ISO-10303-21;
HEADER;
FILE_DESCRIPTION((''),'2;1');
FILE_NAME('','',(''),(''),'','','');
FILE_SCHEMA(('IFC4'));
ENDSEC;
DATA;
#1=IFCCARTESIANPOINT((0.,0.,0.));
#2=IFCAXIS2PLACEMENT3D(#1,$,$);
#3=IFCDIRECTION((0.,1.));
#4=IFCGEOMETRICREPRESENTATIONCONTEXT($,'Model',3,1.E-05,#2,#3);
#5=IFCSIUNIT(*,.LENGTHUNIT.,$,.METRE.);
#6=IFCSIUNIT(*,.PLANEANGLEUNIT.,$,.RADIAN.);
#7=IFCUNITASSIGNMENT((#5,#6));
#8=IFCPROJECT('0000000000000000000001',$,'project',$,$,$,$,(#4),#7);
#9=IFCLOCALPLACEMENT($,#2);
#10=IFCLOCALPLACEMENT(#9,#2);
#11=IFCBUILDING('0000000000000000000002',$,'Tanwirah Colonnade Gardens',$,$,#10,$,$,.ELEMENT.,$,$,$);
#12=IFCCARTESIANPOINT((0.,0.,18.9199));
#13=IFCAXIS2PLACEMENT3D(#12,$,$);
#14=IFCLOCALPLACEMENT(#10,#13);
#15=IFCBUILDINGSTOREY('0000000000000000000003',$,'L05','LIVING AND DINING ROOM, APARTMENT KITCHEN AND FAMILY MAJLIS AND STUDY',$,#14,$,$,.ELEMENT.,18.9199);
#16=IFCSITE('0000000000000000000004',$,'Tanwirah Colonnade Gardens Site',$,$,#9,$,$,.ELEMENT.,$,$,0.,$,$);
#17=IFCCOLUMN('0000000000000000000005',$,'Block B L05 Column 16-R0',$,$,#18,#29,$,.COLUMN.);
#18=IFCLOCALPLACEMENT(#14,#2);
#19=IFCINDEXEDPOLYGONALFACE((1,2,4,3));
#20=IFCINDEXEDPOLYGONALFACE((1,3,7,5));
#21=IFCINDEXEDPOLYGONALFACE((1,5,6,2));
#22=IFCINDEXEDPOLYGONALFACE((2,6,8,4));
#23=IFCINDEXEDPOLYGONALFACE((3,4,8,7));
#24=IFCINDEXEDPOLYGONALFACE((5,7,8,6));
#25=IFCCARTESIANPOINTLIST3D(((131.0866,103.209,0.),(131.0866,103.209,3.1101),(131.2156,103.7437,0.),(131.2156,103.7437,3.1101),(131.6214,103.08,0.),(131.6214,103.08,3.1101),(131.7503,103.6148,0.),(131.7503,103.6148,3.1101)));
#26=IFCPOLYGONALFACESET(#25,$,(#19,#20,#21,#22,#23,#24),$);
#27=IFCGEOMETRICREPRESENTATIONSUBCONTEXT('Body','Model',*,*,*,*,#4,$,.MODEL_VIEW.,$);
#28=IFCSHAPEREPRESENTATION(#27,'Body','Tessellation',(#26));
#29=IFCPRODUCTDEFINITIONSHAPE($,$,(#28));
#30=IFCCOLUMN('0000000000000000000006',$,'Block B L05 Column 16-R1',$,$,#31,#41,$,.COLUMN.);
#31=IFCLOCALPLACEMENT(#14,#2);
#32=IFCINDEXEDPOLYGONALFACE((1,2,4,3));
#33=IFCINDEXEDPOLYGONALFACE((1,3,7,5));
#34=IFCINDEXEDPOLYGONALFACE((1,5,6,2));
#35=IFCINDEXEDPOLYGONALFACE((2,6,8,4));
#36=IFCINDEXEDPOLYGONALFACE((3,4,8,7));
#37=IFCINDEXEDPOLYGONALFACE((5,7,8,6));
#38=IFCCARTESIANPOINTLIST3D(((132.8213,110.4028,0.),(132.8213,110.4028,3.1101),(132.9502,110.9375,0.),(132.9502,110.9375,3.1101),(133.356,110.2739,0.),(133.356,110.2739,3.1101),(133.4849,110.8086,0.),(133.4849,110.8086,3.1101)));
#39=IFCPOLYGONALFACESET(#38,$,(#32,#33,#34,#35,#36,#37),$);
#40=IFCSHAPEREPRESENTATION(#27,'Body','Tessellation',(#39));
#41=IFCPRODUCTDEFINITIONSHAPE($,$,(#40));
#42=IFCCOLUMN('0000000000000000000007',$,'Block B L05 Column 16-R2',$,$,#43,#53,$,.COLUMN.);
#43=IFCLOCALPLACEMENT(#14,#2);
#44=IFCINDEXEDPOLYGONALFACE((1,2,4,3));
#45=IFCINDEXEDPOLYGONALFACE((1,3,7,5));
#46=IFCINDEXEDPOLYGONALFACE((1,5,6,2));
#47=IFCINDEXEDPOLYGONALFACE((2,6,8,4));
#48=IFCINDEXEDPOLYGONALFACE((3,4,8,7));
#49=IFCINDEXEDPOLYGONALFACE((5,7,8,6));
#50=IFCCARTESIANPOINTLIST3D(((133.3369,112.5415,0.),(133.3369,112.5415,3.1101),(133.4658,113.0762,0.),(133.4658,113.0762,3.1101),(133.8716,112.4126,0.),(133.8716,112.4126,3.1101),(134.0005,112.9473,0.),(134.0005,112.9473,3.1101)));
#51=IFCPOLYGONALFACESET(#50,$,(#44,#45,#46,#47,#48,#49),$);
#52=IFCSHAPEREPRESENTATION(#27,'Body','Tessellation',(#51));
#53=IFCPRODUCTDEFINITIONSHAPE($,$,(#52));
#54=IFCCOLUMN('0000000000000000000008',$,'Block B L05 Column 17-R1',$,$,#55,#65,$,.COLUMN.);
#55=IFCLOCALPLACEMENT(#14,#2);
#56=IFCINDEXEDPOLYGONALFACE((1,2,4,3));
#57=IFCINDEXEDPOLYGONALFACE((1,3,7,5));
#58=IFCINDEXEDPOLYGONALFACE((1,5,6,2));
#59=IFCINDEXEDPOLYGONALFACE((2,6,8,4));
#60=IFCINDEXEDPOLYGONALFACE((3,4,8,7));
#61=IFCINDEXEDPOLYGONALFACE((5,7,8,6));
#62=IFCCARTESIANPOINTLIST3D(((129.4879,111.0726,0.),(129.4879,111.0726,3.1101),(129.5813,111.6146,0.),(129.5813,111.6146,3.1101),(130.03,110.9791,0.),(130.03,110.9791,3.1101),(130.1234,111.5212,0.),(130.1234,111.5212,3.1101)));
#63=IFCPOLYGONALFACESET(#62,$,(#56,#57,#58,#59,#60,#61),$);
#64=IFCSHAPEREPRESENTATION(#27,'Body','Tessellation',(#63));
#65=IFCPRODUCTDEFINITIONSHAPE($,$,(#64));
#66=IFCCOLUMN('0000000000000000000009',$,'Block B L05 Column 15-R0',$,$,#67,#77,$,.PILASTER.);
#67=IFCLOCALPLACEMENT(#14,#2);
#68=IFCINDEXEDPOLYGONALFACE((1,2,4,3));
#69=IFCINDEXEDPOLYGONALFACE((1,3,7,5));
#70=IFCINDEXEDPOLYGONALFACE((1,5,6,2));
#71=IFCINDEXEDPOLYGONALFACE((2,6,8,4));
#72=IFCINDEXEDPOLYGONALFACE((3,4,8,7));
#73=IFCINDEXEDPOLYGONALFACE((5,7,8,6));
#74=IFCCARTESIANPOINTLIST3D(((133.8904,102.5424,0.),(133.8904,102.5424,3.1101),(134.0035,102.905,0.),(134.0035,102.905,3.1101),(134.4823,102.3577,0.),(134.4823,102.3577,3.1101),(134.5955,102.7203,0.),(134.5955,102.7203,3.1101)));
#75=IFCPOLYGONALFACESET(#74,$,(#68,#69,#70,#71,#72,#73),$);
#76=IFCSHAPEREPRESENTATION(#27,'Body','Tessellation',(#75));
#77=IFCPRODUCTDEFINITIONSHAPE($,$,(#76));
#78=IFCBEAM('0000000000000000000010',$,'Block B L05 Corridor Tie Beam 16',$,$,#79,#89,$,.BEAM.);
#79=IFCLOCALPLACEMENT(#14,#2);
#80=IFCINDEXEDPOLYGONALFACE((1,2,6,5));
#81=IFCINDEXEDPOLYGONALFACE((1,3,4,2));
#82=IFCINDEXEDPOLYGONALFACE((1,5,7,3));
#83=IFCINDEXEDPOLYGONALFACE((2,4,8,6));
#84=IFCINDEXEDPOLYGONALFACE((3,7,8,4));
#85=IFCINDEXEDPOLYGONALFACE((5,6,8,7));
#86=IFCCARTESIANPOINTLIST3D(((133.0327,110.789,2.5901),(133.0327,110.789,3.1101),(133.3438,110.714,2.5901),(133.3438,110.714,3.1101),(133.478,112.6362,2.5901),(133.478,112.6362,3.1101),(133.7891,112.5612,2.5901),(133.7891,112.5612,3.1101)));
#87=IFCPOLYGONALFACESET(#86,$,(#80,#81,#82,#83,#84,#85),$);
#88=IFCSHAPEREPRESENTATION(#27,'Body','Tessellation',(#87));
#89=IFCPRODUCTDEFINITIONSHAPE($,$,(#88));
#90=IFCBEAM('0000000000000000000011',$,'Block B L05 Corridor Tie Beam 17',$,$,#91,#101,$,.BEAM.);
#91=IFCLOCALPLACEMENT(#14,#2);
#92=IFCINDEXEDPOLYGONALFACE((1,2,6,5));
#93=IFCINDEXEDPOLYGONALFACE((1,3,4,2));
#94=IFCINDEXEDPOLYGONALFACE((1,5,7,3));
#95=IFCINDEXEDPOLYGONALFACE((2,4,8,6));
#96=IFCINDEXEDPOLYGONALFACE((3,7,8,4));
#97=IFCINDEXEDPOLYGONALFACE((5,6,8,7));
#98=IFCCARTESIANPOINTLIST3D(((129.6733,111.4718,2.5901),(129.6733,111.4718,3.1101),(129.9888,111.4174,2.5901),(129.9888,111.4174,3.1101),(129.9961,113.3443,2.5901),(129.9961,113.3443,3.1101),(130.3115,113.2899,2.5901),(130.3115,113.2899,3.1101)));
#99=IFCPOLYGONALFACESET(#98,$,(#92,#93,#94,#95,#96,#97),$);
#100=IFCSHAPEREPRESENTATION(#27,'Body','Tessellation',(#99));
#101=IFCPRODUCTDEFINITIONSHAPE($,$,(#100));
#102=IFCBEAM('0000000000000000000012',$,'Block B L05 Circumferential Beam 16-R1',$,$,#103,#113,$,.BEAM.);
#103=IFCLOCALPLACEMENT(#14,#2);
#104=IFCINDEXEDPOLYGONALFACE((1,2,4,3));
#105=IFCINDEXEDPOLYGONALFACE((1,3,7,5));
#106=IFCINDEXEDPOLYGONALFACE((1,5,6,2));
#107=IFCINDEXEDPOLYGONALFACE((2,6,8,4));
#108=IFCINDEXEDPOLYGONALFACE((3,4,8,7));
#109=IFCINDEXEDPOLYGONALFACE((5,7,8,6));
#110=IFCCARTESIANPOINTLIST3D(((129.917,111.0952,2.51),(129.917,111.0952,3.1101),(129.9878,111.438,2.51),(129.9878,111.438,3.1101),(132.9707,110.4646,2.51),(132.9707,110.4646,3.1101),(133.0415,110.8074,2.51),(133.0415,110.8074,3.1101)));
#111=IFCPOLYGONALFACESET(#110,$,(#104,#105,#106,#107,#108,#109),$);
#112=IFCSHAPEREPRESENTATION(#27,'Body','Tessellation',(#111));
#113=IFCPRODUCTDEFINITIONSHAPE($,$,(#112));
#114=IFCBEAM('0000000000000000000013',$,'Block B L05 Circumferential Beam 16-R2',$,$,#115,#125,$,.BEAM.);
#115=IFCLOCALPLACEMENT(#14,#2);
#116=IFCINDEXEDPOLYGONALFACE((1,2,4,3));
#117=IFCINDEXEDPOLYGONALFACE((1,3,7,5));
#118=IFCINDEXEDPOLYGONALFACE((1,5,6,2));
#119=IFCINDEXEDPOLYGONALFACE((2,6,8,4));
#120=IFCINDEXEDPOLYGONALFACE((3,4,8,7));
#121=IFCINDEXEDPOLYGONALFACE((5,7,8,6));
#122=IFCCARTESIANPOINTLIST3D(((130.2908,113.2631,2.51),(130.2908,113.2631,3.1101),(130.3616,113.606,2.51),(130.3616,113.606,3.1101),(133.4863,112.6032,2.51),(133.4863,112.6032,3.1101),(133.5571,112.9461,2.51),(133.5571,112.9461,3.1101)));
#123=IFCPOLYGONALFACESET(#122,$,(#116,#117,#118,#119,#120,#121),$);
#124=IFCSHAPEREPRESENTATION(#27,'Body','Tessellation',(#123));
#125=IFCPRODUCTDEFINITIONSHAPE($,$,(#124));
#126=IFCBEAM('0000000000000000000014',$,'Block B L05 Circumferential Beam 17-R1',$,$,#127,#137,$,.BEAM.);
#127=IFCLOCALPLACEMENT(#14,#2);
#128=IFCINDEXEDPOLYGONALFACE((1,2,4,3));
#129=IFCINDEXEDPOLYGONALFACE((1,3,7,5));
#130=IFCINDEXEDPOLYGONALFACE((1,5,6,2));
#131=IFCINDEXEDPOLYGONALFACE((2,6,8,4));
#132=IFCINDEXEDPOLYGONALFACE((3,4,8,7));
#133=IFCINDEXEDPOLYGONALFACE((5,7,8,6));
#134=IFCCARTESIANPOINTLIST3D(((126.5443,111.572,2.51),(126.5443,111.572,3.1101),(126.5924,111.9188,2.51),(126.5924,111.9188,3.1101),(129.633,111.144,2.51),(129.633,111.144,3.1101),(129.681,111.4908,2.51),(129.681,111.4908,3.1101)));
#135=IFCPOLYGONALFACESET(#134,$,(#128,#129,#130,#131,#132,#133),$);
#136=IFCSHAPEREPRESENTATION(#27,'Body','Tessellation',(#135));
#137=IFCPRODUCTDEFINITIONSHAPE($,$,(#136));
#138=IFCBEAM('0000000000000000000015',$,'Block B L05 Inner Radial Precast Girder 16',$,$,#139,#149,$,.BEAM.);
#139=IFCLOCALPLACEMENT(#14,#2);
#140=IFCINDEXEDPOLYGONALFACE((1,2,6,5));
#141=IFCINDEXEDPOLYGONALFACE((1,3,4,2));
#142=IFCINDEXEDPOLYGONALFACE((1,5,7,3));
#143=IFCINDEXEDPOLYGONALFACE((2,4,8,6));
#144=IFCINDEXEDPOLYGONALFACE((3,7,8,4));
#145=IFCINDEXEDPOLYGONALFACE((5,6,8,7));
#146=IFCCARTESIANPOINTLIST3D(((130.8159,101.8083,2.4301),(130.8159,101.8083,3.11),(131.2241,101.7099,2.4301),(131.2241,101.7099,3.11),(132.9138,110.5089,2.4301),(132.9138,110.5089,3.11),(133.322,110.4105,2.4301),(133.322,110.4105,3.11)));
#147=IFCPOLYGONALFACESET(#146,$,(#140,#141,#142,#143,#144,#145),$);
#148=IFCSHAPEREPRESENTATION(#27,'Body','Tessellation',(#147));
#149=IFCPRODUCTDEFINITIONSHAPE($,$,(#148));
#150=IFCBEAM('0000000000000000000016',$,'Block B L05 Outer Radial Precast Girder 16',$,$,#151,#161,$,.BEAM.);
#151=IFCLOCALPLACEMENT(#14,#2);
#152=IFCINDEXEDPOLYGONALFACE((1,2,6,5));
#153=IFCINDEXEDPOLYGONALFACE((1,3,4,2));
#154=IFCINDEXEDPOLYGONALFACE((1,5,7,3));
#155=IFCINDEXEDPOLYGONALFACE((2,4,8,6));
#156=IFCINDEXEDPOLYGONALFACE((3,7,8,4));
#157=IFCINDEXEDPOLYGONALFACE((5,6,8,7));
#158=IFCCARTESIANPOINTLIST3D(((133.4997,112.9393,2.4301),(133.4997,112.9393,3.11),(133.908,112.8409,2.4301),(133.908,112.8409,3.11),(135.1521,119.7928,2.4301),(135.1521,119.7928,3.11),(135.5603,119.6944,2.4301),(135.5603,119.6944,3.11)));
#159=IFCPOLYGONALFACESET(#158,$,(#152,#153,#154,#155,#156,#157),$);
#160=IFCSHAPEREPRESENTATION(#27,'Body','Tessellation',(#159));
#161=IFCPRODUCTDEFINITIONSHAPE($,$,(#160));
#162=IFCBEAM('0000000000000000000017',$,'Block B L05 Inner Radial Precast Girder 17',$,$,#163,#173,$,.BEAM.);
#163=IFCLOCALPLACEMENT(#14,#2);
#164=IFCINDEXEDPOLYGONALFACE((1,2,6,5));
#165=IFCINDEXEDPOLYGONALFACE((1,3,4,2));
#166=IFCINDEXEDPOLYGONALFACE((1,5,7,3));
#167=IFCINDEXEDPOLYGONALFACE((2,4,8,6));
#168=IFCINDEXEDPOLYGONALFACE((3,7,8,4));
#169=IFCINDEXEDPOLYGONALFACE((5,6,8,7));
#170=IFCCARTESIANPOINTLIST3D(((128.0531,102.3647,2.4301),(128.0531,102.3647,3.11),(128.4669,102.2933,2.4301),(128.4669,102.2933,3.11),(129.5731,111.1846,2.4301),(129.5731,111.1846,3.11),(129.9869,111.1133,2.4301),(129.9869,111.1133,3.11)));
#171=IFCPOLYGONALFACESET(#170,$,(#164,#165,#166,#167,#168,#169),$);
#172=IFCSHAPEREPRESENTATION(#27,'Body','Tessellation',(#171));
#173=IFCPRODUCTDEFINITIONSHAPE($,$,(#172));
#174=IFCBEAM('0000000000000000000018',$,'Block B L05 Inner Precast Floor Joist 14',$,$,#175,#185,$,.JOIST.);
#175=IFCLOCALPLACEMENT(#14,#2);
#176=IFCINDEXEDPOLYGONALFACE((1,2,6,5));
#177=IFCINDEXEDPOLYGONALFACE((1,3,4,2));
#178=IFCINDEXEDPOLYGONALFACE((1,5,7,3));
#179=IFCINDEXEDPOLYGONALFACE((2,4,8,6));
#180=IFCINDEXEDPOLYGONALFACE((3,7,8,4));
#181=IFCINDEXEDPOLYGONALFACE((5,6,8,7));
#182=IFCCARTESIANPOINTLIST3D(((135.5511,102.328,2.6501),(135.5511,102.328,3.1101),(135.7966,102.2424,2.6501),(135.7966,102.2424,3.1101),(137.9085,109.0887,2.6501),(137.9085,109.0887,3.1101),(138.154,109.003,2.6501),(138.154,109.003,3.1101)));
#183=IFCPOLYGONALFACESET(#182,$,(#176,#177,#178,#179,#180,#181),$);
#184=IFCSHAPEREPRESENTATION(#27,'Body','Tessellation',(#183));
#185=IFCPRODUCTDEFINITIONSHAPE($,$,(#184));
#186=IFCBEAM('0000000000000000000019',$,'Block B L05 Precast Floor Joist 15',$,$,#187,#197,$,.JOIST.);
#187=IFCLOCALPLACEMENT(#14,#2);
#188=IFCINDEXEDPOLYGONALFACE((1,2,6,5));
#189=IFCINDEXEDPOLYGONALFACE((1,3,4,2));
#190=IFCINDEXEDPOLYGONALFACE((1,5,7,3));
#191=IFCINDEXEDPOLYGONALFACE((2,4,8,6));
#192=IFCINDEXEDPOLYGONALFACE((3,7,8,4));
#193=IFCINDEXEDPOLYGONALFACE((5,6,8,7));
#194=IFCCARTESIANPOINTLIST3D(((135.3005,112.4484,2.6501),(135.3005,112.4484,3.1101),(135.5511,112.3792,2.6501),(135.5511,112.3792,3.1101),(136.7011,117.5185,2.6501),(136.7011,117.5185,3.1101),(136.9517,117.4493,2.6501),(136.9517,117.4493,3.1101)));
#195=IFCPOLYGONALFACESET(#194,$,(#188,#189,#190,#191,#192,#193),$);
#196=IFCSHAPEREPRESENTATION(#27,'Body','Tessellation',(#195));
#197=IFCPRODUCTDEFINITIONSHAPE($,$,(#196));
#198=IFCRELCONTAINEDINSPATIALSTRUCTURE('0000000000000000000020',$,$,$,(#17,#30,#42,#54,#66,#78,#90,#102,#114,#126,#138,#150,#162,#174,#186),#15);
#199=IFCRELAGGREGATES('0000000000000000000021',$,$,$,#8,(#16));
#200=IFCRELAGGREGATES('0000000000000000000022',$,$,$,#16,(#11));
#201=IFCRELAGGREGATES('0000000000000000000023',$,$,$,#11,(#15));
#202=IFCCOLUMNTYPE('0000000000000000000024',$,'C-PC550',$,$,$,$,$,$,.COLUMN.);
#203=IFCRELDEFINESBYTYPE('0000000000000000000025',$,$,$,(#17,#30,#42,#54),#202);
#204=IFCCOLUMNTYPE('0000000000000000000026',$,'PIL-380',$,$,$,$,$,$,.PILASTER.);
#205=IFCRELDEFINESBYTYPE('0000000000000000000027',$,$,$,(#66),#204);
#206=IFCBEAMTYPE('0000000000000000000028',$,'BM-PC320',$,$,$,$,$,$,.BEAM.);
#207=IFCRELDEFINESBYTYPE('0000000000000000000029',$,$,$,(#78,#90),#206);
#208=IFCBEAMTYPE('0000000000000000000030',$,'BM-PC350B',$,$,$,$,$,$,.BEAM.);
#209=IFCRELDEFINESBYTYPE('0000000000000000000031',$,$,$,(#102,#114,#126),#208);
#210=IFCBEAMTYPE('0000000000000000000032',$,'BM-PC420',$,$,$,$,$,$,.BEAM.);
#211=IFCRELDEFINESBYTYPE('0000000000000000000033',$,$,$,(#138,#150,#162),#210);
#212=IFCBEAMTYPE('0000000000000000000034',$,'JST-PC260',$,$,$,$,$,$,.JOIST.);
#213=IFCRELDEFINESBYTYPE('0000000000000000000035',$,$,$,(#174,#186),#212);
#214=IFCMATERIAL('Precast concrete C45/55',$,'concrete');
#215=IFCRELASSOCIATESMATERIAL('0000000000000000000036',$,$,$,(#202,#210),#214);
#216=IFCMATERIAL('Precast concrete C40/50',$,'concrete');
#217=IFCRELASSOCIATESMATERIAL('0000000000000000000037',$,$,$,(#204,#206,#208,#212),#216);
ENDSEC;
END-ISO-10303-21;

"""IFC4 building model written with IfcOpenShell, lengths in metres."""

from ifc_helpers import new_model, si_unit, direction, frame, origin, origin_2d, place, context, subcontext, project, spatial, rectangle, extrude, material, material_profile, profile_set, type_object, element, save


model = new_model("IFC4")

# Units and contexts
model_context = context("Model", 3, precision=1e-05, world=origin(), true_north=direction((0.0, 1.0)))
body_context = subcontext(model_context, "Body", "Model", "MODEL_VIEW")
ifc_project = project(units=[si_unit("LENGTHUNIT", "METRE"), si_unit("PLANEANGLEUNIT", "RADIAN")], contexts=[model_context])

# Site, building, storey
site_placement = place(None, origin())
site = spatial("IfcSite", under=ifc_project, at=site_placement, Name="Tanwirah Colonnade Gardens Site", CompositionType="ELEMENT", RefElevation=0.0)
building_placement = place(site_placement, origin())
building = spatial("IfcBuilding", under=site, at=building_placement, Name="Tanwirah Colonnade Gardens", CompositionType="ELEMENT")
storey_placement = place(building_placement, frame((0.0, 0.0, 18.9199)))
storey = spatial("IfcBuildingStorey", under=building, at=storey_placement, Name="L05", Description="LIVING AND DINING ROOM, APARTMENT KITCHEN AND FAMILY MAJLIS AND STUDY", CompositionType="ELEMENT", Elevation=18.9199)

# Columns
ifc_material_1 = material(Name="Precast concrete C45/55", Category="concrete")
ifc_material_profile_1 = material_profile(ifc_material_1, rectangle(XDim=0.55, YDim=0.55, at=origin_2d()), Name="PC-COL 550x550")
ifc_profile_set_1 = profile_set([ifc_material_profile_1], Name="Precast concrete C45/55")
column_type_1 = type_object("IfcColumnType", Name="C-PC550", PredefinedType="COLUMN", material=ifc_profile_set_1)
for number, where, z_axis, x_axis, name in (
    (1, (131.4185, 103.4119, 0.0), (0.0, 0.0, 1.0), (0.234388, 0.972143, 0.0), "Block B L05 Column 16-R0"),
    (2, (133.1531, 110.6057, 0.0), (0.0, 0.0, 1.0), (0.234388, 0.972143, 0.0), "Block B L05 Column 16-R1"),
    (3, (133.6687, 112.7444, 0.0), (0.0, 0.0, 1.0), (0.234388, 0.972143, 0.0), "Block B L05 Column 16-R2"),
    (4, (129.8057, 111.2969, 0.0), (0.0, 0.0, 1.0), (0.169827, 0.985474, 0.0), "Block B L05 Column 17-R1"),
):
    element("IfcColumn", number, at=place(storey_placement, frame(where, z_axis=z_axis, x_axis=x_axis)), inside=storey, type_object=column_type_1, Name=name, PredefinedType="COLUMN", context=body_context, shape_type="SweptSolid", body=[
        extrude(rectangle(XDim=0.55, YDim=0.55, at=origin_2d()), origin(), (0.0, 0.0, 1.0), 3.1101),
    ])
ifc_material_2 = material(Name="Precast concrete C40/50", Category="concrete")
ifc_material_profile_2 = material_profile(ifc_material_2, rectangle(XDim=0.3799, YDim=0.6201, at=origin_2d()), Name="PC-PIL 380x620")
ifc_profile_set_2 = profile_set([ifc_material_profile_2], Name="Precast concrete C40/50")
column_type_2 = type_object("IfcColumnType", Name="PIL-380", PredefinedType="PILASTER", material=ifc_profile_set_2)
column_placement = place(storey_placement, frame((134.2429, 102.6313, 0.0), z_axis=(0.0, 0.0, 1.0), x_axis=(0.29793, 0.954588, 0.0)))
element("IfcColumn", 5, at=column_placement, inside=storey, type_object=column_type_2, Name="Block B L05 Column 15-R0", PredefinedType="PILASTER", context=body_context, shape_type="SweptSolid", body=[
    extrude(rectangle(XDim=0.3799, YDim=0.6201, at=origin_2d()), origin(), (0.0, 0.0, 1.0), 3.1101),
])

# Beams
ifc_material_profile_3 = material_profile(ifc_material_2, rectangle(XDim=0.3201, YDim=0.52, at=origin_2d()), Name="PC-BM 320x520")
ifc_profile_set_3 = profile_set([ifc_material_profile_3], Name="Precast concrete C40/50")
beam_type_1 = type_object("IfcBeamType", Name="BM-PC320", PredefinedType="BEAM", material=ifc_profile_set_3)
for number, where, z_axis, x_axis, name in (
    (6, (133.1882, 110.7515, 2.8501), (0.234364, 0.972149, 0.0), (-0.972149, 0.234364, 0.0), "Block B L05 Corridor Tie Beam 16"),
    (7, (129.8311, 111.4446, 2.8501), (0.169855, 0.985469, 0.0), (-0.985469, 0.169855, 0.0), "Block B L05 Corridor Tie Beam 17"),
):
    element("IfcBeam", number, at=place(storey_placement, frame(where, z_axis=z_axis, x_axis=x_axis)), inside=storey, type_object=beam_type_1, Name=name, PredefinedType="BEAM", context=body_context, shape_type="SweptSolid", body=[
        extrude(rectangle(XDim=0.3201, YDim=0.52, at=origin_2d()), origin(), (0.0, 0.0, 1.0), 1.9001),
    ])
ifc_material_profile_4 = material_profile(ifc_material_2, rectangle(XDim=0.3501, YDim=0.6001, at=origin_2d()), Name="PC-BM 350x600")
ifc_profile_set_4 = profile_set([ifc_material_profile_4], Name="Precast concrete C40/50")
beam_type_2 = type_object("IfcBeamType", Name="BM-PC350B", PredefinedType="BEAM", material=ifc_profile_set_4)
beam_1_placement = place(storey_placement, frame((133.0061, 110.636, 2.8101), z_axis=(-0.979336, 0.202241, 0.0), x_axis=(-0.202241, -0.979336, 0.0)))
element("IfcBeam", 8, at=beam_1_placement, inside=storey, type_object=beam_type_2, Name="Block B L05 Circumferential Beam 16-R1", PredefinedType="BEAM", context=body_context, shape_type="SweptSolid", body=[
    extrude(rectangle(XDim=0.3501, YDim=0.6001, at=origin_2d()), origin(), (0.0, 0.0, 1.0), 3.1182),
])
beam_2_placement = place(storey_placement, frame((133.5217, 112.7747, 2.8101), z_axis=(-0.979336, 0.202242, 0.0), x_axis=(-0.202242, -0.979336, 0.0)))
element("IfcBeam", 9, at=beam_2_placement, inside=storey, type_object=beam_type_2, Name="Block B L05 Circumferential Beam 16-R2", PredefinedType="BEAM", context=body_context, shape_type="SweptSolid", body=[
    extrude(rectangle(XDim=0.3501, YDim=0.6001, at=origin_2d()), origin(), (0.0, 0.0, 1.0), 3.2629),
])
beam_3_placement = place(storey_placement, frame((129.657, 111.3174, 2.8101), z_axis=(-0.990536, 0.137255, 0.0), x_axis=(-0.137255, -0.990536, 0.0)))
element("IfcBeam", 10, at=beam_3_placement, inside=storey, type_object=beam_type_2, Name="Block B L05 Circumferential Beam 17-R1", PredefinedType="BEAM", context=body_context, shape_type="SweptSolid", body=[
    extrude(rectangle(XDim=0.3501, YDim=0.6001, at=origin_2d()), origin(), (0.0, 0.0, 1.0), 3.1182),
])
ifc_material_profile_5 = material_profile(ifc_material_1, rectangle(XDim=0.4199, YDim=0.6799, at=origin_2d()), Name="PC-BM 420x680")
ifc_profile_set_5 = profile_set([ifc_material_profile_5], Name="Precast concrete C45/55")
beam_type_3 = type_object("IfcBeamType", Name="BM-PC420", PredefinedType="BEAM", material=ifc_profile_set_5)
beam_4_placement = place(storey_placement, frame((133.1179, 110.4597, 2.77), z_axis=(-0.234401, -0.97214, 0.0), x_axis=(0.97214, -0.234401, 0.0)))
element("IfcBeam", 11, at=beam_4_placement, inside=storey, type_object=beam_type_3, Name="Block B L05 Inner Radial Precast Girder 16", PredefinedType="BEAM", context=body_context, shape_type="SweptSolid", body=[
    extrude(rectangle(XDim=0.4199, YDim=0.6799, at=origin_2d()), origin(), (0.0, 0.0, 1.0), 8.95),
])
beam_5_placement = place(storey_placement, frame((133.7039, 112.8901, 2.77), z_axis=(0.234379, 0.972145, 0.0), x_axis=(-0.972145, 0.234379, 0.0)))
element("IfcBeam", 12, at=beam_5_placement, inside=storey, type_object=beam_type_3, Name="Block B L05 Outer Radial Precast Girder 16", PredefinedType="BEAM", context=body_context, shape_type="SweptSolid", body=[
    extrude(rectangle(XDim=0.4199, YDim=0.6799, at=origin_2d()), origin(), (0.0, 0.0, 1.0), 7.0498),
])
beam_6_placement = place(storey_placement, frame((129.78, 111.1489, 2.77), z_axis=(-0.169837, -0.985472, 0.0), x_axis=(0.985472, -0.169837, 0.0)))
element("IfcBeam", 13, at=beam_6_placement, inside=storey, type_object=beam_type_3, Name="Block B L05 Inner Radial Precast Girder 17", PredefinedType="BEAM", context=body_context, shape_type="SweptSolid", body=[
    extrude(rectangle(XDim=0.4199, YDim=0.6799, at=origin_2d()), origin(), (0.0, 0.0, 1.0), 8.95),
])
ifc_material_profile_6 = material_profile(ifc_material_2, rectangle(XDim=0.26, YDim=0.46, at=origin_2d()), Name="PC-JST 260x460")
ifc_profile_set_6 = profile_set([ifc_material_profile_6], Name="Precast concrete C40/50")
beam_type_4 = type_object("IfcBeamType", Name="JST-PC260", PredefinedType="JOIST", material=ifc_profile_set_6)
beam_7_placement = place(storey_placement, frame((135.6738, 102.2852, 2.8801), z_axis=(0.329251, 0.944243, 0.0), x_axis=(-0.944243, 0.329251, 0.0)))
element("IfcBeam", 14, at=beam_7_placement, inside=storey, type_object=beam_type_4, Name="Block B L05 Inner Precast Floor Joist 14", PredefinedType="JOIST", context=body_context, shape_type="SweptSolid", body=[
    extrude(rectangle(XDim=0.26, YDim=0.46, at=origin_2d()), origin(), (0.0, 0.0, 1.0), 7.1599),
])
beam_8_placement = place(storey_placement, frame((135.4258, 112.4138, 2.8801), z_axis=(0.266281, 0.963895, 0.0), x_axis=(-0.963895, 0.266281, 0.0)))
element("IfcBeam", 15, at=beam_8_placement, inside=storey, type_object=beam_type_4, Name="Block B L05 Precast Floor Joist 15", PredefinedType="JOIST", context=body_context, shape_type="SweptSolid", body=[
    extrude(rectangle(XDim=0.26, YDim=0.46, at=origin_2d()), origin(), (0.0, 0.0, 1.0), 5.26),
])

save(model, "model.ifc")
